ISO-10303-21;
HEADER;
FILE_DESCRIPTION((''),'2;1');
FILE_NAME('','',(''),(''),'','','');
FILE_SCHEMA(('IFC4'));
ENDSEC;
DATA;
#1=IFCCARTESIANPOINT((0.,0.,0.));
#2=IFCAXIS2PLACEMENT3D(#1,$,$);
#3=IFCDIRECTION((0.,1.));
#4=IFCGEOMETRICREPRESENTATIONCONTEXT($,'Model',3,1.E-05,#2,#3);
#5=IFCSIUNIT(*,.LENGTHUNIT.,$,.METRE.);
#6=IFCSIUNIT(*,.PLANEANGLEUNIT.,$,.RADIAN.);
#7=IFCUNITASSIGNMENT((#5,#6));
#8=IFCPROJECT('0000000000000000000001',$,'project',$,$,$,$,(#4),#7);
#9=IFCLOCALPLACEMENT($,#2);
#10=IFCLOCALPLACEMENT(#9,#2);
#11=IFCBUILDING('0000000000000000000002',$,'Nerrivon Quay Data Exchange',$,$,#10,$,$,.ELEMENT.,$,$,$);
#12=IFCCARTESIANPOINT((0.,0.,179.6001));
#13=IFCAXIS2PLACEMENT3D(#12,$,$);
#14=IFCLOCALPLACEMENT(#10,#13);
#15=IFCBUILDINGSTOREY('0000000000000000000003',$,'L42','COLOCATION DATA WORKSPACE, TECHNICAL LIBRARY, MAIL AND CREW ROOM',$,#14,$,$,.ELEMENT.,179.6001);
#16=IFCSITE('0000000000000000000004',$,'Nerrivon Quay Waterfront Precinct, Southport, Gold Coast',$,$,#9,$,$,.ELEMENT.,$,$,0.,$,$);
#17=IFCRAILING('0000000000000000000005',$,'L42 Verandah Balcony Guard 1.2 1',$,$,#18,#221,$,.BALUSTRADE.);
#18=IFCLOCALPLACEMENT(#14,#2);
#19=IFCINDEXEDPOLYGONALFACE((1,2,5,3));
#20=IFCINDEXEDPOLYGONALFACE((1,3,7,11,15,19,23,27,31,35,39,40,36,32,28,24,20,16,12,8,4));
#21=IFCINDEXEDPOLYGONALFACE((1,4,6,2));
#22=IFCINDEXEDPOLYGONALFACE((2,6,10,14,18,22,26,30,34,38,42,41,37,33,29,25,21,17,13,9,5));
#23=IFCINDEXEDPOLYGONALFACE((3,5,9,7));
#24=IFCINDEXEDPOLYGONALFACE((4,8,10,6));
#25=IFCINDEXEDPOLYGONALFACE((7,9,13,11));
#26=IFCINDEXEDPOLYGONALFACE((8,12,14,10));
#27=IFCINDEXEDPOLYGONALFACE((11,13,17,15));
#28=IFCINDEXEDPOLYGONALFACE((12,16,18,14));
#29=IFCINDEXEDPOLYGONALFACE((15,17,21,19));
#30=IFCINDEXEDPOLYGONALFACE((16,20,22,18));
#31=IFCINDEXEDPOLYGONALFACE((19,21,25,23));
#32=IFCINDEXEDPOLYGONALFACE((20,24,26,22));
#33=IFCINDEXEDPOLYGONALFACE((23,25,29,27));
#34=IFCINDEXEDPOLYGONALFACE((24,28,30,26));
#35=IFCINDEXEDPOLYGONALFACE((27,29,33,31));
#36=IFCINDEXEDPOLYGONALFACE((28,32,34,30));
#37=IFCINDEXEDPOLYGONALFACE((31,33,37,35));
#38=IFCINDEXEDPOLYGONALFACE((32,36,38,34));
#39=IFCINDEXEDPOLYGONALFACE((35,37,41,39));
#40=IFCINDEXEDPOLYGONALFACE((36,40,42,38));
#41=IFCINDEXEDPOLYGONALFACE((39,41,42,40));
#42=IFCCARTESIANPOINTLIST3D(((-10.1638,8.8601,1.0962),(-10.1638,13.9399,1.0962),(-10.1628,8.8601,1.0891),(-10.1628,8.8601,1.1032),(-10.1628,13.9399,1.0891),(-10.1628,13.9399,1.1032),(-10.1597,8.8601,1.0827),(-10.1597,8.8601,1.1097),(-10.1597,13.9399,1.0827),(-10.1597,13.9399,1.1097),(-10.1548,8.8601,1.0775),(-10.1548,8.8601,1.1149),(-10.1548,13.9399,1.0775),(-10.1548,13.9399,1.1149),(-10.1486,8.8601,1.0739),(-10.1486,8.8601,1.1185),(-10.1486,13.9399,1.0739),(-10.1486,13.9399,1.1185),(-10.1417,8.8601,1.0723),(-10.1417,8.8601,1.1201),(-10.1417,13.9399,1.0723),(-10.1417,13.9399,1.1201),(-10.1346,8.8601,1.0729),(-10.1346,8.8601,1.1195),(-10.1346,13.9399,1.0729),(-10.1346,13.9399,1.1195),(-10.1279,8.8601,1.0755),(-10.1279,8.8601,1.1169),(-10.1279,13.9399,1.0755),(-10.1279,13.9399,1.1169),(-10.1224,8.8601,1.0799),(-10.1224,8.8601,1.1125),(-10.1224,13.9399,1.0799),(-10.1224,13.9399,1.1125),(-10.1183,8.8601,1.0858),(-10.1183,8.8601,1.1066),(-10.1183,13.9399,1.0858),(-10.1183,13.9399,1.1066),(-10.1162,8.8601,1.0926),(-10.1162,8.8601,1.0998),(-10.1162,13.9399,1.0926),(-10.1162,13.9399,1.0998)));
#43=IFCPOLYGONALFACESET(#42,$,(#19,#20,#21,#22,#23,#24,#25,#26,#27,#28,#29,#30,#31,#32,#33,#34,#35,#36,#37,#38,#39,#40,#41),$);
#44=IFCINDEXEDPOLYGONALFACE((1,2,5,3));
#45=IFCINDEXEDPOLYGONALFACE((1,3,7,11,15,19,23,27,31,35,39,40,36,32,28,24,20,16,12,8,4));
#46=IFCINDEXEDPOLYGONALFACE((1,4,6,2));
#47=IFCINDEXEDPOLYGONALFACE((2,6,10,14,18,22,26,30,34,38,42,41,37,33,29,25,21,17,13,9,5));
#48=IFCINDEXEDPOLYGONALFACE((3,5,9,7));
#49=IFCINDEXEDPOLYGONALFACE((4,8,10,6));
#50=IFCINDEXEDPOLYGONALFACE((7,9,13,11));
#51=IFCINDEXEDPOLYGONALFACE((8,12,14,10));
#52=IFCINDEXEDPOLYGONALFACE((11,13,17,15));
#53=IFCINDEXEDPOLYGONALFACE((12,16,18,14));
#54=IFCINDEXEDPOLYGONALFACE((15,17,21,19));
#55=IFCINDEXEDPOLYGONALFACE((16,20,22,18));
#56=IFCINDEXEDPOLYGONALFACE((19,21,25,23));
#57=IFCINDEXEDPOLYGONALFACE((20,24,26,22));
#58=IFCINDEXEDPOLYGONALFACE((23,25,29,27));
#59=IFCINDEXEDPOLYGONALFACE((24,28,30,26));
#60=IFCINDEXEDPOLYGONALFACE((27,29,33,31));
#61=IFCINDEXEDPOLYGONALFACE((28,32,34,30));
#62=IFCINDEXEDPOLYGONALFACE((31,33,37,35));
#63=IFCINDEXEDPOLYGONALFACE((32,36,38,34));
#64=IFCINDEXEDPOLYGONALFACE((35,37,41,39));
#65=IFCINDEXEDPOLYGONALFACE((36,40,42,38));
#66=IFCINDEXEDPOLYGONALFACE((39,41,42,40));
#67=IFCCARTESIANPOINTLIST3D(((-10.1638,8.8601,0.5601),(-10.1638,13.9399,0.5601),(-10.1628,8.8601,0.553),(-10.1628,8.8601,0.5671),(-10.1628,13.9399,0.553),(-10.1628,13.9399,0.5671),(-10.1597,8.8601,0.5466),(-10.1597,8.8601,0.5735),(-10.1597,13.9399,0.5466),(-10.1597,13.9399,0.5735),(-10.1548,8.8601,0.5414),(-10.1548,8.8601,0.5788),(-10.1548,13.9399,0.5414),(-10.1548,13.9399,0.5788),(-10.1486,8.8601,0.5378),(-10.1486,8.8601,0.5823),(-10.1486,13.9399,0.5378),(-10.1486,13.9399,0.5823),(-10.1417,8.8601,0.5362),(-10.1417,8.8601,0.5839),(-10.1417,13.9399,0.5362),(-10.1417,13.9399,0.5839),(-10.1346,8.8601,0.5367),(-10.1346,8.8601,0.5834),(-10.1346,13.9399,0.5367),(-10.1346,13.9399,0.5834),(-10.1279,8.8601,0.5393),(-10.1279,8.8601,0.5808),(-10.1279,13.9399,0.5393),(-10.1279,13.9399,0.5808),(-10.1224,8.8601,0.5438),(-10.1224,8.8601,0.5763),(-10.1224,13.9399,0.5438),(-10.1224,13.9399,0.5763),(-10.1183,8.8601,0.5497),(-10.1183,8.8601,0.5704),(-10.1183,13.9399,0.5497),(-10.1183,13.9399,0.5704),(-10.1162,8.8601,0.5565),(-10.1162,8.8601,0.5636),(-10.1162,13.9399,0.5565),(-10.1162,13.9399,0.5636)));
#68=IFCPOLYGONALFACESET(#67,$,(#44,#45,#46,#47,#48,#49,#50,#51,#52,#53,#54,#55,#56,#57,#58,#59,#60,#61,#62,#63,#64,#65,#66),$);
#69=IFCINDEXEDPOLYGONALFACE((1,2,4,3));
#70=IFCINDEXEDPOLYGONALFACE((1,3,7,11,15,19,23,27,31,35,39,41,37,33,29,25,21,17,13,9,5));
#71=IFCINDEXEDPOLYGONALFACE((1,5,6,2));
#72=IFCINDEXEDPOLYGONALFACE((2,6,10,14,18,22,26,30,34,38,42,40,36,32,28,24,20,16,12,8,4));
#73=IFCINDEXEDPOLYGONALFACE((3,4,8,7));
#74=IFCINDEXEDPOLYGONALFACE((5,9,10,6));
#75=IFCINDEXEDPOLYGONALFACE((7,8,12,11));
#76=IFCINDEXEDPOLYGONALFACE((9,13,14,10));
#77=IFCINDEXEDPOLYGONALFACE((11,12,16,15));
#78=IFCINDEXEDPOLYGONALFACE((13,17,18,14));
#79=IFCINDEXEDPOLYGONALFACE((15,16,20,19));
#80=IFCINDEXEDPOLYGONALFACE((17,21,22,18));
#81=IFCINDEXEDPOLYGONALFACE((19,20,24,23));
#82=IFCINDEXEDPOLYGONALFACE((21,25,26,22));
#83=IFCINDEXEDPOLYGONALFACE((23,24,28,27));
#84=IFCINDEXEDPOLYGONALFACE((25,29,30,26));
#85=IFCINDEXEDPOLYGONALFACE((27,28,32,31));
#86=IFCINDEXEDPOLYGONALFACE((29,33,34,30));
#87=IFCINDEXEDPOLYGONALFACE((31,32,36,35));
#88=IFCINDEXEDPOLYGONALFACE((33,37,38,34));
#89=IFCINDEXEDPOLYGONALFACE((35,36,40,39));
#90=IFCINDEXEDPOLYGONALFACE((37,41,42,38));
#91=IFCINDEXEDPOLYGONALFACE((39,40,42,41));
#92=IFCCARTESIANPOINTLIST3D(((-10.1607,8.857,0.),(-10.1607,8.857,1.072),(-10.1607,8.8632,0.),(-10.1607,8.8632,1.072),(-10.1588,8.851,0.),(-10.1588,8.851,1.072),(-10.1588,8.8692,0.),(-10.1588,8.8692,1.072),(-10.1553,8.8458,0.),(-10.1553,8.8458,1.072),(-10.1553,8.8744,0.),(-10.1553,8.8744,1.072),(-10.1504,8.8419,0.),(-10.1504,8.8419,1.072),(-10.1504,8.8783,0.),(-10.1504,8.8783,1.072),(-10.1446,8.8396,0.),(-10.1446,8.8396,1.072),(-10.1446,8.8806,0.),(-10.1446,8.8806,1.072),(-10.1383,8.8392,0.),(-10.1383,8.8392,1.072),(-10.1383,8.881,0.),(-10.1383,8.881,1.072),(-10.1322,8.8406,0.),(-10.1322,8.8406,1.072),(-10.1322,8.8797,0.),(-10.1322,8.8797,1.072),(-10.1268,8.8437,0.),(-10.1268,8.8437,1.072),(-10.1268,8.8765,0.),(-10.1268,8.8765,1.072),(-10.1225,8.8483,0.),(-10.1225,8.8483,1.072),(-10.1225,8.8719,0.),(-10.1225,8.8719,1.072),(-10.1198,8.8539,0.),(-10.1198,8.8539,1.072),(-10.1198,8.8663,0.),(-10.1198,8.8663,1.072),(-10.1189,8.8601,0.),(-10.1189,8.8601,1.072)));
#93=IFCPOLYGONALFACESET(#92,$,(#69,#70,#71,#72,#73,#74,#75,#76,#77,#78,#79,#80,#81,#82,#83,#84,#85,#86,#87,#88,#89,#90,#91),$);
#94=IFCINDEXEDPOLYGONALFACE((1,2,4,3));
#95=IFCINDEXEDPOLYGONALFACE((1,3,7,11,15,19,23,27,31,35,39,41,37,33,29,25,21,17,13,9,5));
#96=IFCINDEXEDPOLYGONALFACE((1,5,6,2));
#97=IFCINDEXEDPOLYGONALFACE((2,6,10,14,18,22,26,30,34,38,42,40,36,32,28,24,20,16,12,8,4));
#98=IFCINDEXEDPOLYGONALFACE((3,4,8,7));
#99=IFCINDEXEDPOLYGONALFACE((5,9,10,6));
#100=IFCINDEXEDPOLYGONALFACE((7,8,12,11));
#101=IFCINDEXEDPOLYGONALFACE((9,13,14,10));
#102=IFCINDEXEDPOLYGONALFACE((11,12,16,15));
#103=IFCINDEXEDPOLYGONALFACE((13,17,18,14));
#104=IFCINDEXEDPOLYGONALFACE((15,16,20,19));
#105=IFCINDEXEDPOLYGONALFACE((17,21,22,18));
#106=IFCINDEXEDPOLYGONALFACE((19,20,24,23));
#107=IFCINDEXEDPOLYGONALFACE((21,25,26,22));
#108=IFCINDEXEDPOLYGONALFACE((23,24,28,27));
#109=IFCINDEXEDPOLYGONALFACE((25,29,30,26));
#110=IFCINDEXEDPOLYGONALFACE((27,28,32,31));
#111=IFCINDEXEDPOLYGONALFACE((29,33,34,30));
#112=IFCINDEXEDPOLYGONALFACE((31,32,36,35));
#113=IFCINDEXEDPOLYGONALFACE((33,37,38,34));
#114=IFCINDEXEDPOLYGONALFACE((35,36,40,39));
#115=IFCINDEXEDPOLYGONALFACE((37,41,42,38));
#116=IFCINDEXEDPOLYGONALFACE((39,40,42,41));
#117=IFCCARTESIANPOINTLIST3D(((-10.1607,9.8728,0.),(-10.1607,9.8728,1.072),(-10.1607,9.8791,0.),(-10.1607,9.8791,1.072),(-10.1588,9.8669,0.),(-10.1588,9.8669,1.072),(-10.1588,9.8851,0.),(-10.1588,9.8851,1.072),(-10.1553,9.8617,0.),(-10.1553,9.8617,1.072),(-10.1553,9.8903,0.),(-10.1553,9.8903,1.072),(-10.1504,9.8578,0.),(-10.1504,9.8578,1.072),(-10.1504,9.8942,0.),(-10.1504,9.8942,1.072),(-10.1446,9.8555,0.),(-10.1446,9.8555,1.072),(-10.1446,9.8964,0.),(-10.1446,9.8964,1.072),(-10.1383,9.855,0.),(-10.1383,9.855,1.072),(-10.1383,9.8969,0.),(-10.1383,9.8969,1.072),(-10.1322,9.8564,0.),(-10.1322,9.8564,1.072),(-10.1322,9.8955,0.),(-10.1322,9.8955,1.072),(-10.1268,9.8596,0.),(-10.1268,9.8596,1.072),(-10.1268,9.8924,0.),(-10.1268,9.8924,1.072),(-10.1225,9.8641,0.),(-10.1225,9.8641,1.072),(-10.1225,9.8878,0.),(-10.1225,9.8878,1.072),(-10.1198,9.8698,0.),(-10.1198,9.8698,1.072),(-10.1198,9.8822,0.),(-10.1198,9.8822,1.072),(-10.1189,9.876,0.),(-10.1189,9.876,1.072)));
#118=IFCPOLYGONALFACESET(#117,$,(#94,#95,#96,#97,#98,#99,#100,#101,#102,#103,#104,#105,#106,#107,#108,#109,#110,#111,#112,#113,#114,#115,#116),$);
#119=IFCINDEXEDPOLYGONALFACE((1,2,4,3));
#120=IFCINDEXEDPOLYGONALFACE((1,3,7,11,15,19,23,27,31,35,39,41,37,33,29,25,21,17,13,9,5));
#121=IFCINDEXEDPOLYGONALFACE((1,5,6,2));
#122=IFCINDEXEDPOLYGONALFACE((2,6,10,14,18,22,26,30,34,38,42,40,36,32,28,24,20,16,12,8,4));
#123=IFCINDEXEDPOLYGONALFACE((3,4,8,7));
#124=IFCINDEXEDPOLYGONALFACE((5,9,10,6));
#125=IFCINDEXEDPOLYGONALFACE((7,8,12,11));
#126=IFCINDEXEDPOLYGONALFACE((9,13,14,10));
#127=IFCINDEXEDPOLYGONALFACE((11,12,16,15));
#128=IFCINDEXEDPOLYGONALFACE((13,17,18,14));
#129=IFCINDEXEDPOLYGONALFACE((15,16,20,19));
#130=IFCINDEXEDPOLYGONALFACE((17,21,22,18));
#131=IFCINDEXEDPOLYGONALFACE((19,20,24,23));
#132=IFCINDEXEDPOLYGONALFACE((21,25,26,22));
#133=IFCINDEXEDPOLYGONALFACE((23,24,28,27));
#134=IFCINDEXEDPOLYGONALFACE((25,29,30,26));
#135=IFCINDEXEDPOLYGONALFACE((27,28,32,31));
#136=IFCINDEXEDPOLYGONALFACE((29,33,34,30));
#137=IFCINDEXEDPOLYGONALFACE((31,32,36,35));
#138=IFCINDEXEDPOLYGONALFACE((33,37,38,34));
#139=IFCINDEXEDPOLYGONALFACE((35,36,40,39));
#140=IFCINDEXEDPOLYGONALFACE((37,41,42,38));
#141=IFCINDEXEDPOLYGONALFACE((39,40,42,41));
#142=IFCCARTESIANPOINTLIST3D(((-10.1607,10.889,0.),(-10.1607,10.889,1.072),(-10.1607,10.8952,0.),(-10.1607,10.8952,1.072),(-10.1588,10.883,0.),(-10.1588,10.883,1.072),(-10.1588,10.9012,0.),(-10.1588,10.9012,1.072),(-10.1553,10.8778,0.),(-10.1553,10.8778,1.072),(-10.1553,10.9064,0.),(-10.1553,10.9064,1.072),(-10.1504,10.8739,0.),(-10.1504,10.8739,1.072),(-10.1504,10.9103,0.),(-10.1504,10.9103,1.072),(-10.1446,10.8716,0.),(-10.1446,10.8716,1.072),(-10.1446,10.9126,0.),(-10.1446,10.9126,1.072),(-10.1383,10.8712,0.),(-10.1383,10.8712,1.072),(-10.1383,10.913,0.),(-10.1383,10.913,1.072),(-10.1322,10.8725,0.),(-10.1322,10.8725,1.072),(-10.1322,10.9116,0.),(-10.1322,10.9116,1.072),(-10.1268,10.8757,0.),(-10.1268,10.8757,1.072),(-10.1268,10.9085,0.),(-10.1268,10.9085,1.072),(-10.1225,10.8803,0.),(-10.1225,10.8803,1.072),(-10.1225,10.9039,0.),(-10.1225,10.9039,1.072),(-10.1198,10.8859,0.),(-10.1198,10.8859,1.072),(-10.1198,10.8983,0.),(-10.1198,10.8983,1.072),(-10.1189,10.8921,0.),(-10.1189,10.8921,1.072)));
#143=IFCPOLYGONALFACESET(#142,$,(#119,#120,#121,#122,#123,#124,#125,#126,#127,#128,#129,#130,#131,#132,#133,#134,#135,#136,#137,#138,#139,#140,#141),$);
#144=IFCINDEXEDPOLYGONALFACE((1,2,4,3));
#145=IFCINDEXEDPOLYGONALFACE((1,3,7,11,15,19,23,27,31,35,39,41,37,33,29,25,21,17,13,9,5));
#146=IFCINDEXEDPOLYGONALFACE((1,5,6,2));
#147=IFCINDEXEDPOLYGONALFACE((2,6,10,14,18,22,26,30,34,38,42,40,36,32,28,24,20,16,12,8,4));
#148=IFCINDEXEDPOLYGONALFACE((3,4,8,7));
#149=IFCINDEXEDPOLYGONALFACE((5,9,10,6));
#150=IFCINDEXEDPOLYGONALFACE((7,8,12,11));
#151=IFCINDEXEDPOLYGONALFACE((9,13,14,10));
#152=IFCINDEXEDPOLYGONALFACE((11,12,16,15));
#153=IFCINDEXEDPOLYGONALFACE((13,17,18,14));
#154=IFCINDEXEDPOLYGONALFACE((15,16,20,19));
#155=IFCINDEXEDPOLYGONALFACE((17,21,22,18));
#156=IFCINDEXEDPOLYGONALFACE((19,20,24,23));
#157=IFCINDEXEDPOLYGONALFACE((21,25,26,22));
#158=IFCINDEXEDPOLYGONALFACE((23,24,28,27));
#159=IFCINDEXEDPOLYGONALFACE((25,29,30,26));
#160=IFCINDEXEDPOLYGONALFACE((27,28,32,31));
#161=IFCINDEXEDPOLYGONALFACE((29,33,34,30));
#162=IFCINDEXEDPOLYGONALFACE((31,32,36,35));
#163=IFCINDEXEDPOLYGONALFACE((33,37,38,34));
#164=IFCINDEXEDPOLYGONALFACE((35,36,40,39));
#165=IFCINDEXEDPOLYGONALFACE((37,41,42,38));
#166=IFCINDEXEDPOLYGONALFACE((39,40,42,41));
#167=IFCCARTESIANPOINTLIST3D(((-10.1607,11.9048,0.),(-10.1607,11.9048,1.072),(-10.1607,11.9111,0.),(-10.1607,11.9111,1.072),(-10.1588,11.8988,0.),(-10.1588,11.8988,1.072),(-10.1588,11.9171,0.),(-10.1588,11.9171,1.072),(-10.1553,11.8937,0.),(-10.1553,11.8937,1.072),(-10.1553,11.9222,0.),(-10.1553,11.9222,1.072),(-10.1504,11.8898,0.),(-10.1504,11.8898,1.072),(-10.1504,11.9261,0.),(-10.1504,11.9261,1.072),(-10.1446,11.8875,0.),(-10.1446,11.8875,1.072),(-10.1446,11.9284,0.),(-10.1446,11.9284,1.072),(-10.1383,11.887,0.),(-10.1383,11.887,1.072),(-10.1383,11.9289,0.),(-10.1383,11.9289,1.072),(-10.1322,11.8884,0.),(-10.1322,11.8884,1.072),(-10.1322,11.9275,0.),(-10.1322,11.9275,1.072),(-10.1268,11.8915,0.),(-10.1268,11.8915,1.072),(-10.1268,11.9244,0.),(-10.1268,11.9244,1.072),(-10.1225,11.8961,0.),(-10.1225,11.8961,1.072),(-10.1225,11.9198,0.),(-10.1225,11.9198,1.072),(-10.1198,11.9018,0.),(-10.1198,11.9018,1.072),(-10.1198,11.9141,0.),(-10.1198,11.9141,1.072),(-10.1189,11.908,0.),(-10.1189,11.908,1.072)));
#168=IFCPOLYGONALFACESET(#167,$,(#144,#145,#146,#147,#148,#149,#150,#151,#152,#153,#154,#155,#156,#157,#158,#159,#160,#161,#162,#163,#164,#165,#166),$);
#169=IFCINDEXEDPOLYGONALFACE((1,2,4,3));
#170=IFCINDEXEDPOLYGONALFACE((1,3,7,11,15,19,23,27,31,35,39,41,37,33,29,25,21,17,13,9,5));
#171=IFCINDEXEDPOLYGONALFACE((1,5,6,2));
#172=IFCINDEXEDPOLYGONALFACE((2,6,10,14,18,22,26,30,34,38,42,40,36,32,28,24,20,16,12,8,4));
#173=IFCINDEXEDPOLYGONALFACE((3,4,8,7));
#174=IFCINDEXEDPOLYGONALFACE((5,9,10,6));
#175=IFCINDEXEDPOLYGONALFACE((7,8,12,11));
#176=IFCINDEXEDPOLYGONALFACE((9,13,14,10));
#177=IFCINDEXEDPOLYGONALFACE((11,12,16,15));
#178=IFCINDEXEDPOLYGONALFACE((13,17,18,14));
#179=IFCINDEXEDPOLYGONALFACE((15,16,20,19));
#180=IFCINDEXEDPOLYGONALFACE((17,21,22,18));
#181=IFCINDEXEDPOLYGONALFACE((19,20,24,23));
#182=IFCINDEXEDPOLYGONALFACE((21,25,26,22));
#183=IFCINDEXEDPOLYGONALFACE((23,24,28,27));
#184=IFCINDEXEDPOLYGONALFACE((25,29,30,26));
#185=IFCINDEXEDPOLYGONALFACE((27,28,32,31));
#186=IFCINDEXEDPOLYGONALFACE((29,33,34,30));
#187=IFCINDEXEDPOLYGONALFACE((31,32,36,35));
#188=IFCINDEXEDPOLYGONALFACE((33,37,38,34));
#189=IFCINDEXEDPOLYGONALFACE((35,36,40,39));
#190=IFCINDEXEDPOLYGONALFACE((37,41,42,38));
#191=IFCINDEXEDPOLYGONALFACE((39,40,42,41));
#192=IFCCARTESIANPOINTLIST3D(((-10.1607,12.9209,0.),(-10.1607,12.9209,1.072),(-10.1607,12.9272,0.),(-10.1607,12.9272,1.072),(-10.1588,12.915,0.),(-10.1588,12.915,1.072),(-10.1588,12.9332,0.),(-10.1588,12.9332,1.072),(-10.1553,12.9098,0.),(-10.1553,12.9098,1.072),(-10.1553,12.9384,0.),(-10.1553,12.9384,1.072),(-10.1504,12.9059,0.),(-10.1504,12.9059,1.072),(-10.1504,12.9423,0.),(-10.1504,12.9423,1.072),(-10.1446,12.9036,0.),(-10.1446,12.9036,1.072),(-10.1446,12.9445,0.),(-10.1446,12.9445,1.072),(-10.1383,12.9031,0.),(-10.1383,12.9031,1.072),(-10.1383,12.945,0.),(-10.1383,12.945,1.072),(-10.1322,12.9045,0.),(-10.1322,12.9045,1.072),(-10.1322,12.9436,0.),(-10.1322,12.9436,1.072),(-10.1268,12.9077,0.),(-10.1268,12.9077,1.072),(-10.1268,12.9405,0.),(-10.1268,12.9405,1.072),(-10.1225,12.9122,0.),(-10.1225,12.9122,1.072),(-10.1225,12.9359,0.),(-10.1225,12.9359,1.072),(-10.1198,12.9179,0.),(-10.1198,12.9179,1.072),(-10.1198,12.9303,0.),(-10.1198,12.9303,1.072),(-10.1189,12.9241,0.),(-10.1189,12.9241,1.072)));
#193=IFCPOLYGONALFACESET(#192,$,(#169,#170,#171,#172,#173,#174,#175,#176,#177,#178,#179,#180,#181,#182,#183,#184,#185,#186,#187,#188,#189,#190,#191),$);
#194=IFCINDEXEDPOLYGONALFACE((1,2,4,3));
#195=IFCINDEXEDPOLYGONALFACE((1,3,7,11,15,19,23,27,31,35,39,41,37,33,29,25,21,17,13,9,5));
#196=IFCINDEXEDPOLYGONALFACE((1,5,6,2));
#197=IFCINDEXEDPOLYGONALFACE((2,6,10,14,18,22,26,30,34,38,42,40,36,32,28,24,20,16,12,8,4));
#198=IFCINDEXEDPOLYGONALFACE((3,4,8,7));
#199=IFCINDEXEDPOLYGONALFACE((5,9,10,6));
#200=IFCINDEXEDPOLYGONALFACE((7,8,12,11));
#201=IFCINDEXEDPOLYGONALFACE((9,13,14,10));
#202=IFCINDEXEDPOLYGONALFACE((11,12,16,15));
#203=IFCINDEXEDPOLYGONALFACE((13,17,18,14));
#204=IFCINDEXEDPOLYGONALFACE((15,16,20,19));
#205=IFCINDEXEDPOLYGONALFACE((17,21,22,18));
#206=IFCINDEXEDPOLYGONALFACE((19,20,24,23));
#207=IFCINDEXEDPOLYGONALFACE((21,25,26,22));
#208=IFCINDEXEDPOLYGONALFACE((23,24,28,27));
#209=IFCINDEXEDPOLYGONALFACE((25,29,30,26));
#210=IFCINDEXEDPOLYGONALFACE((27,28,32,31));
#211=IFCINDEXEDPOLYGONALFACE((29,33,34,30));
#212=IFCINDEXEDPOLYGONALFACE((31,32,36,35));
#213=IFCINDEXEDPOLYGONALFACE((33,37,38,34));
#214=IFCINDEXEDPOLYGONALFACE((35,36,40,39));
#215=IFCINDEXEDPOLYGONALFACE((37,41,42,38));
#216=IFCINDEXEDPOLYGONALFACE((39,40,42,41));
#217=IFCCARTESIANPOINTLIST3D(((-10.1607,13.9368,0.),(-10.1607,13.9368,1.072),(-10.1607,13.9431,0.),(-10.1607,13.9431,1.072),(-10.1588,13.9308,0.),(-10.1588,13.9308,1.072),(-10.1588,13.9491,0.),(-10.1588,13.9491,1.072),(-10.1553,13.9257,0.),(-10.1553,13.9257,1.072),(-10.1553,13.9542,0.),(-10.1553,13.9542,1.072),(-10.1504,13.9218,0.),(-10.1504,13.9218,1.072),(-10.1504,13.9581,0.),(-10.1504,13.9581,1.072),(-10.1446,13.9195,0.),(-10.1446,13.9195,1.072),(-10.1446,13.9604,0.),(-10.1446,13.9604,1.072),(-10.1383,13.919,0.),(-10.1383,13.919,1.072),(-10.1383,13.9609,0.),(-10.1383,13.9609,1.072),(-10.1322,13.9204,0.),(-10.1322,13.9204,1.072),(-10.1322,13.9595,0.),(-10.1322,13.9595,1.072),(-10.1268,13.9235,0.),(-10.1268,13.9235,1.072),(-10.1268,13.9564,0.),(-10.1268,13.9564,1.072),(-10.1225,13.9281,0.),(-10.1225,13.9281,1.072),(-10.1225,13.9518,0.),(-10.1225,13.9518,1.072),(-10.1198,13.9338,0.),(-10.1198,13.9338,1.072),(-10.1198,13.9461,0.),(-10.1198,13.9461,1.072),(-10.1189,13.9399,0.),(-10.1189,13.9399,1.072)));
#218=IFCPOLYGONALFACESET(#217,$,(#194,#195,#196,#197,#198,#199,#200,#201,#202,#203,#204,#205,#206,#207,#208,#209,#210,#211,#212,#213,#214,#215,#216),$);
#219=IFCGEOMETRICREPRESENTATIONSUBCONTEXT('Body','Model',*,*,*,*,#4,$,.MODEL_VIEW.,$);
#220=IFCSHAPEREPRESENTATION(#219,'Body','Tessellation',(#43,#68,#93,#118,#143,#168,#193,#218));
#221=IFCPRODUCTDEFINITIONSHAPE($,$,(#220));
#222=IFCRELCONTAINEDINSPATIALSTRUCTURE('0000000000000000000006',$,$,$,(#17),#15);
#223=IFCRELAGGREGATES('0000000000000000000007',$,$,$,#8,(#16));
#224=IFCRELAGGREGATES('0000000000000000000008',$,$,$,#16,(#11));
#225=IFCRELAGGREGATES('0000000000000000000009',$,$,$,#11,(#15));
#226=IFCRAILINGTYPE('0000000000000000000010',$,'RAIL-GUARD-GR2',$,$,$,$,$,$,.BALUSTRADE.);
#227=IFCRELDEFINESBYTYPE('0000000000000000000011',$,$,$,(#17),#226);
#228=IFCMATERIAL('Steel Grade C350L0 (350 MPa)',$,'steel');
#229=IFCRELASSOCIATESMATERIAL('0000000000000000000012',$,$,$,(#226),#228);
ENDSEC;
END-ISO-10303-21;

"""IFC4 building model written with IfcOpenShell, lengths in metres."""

from ifc_helpers import new_model, si_unit, direction, frame, origin, origin_2d, place, context, subcontext, project, spatial, circle, extrude, material, type_object, element, save


model = new_model("IFC4")

# Units and contexts
model_context = context("Model", 3, precision=1e-05, world=origin(), true_north=direction((0.0, 1.0)))
body_context = subcontext(model_context, "Body", "Model", "MODEL_VIEW")
ifc_project = project(units=[si_unit("LENGTHUNIT", "METRE"), si_unit("PLANEANGLEUNIT", "RADIAN")], contexts=[model_context])

# Site, building, storey
site_placement = place(None, origin())
site = spatial("IfcSite", under=ifc_project, at=site_placement, Name="Nerrivon Quay Waterfront Precinct, Southport, Gold Coast", CompositionType="ELEMENT", RefElevation=0.0)
building_placement = place(site_placement, origin())
building = spatial("IfcBuilding", under=site, at=building_placement, Name="Nerrivon Quay Data Exchange", CompositionType="ELEMENT")
storey_placement = place(building_placement, frame((0.0, 0.0, 179.6001)))
storey = spatial("IfcBuildingStorey", under=building, at=storey_placement, Name="L42", Description="COLOCATION DATA WORKSPACE, TECHNICAL LIBRARY, MAIL AND CREW ROOM", CompositionType="ELEMENT", Elevation=179.6001)

# Railing
ifc_material_1 = material(Name="Steel Grade C350L0 (350 MPa)", Category="steel")
railing_type = type_object("IfcRailingType", Name="RAIL-GUARD-GR2", PredefinedType="BALUSTRADE", material=ifc_material_1)
railing_1_placement = place(storey_placement, frame((-10.1399, 8.8601, 0.0)))
element("IfcRailing", 1, at=railing_1_placement, inside=storey, type_object=railing_type, Name="L42 Verandah Balcony Guard 1.2 1", PredefinedType="BALUSTRADE", context=body_context, shape_type="SweptSolid", body=[
    extrude(circle(Radius=0.0239, at=origin_2d()), frame((0.0, 0.0, 1.0962), z_axis=(0.0, 1.0, 0.0), x_axis=(-1.0, 0.0, 0.0)), (0.0, 0.0, 1.0), 5.0798),
    extrude(circle(Radius=0.0239, at=origin_2d()), frame((0.0, 0.0, 0.5601), z_axis=(0.0, 1.0, 0.0), x_axis=(-1.0, 0.0, 0.0)), (0.0, 0.0, 1.0), 5.0798),
    extrude(circle(Radius=0.021, at=origin_2d()), origin(), (0.0, 0.0, 1.0), 1.072),
    extrude(circle(Radius=0.021, at=origin_2d()), frame((0.0, 1.0159, 0.0)), (0.0, 0.0, 1.0), 1.072),
    extrude(circle(Radius=0.021, at=origin_2d()), frame((0.0, 2.032, 0.0)), (0.0, 0.0, 1.0), 1.072),
    extrude(circle(Radius=0.021, at=origin_2d()), frame((0.0, 3.0479, 0.0)), (0.0, 0.0, 1.0), 1.072),
    extrude(circle(Radius=0.021, at=origin_2d()), frame((0.0, 4.064, 0.0)), (0.0, 0.0, 1.0), 1.072),
    extrude(circle(Radius=0.021, at=origin_2d()), frame((0.0, 5.0798, 0.0)), (0.0, 0.0, 1.0), 1.072),
])

save(model, "model.ifc")
